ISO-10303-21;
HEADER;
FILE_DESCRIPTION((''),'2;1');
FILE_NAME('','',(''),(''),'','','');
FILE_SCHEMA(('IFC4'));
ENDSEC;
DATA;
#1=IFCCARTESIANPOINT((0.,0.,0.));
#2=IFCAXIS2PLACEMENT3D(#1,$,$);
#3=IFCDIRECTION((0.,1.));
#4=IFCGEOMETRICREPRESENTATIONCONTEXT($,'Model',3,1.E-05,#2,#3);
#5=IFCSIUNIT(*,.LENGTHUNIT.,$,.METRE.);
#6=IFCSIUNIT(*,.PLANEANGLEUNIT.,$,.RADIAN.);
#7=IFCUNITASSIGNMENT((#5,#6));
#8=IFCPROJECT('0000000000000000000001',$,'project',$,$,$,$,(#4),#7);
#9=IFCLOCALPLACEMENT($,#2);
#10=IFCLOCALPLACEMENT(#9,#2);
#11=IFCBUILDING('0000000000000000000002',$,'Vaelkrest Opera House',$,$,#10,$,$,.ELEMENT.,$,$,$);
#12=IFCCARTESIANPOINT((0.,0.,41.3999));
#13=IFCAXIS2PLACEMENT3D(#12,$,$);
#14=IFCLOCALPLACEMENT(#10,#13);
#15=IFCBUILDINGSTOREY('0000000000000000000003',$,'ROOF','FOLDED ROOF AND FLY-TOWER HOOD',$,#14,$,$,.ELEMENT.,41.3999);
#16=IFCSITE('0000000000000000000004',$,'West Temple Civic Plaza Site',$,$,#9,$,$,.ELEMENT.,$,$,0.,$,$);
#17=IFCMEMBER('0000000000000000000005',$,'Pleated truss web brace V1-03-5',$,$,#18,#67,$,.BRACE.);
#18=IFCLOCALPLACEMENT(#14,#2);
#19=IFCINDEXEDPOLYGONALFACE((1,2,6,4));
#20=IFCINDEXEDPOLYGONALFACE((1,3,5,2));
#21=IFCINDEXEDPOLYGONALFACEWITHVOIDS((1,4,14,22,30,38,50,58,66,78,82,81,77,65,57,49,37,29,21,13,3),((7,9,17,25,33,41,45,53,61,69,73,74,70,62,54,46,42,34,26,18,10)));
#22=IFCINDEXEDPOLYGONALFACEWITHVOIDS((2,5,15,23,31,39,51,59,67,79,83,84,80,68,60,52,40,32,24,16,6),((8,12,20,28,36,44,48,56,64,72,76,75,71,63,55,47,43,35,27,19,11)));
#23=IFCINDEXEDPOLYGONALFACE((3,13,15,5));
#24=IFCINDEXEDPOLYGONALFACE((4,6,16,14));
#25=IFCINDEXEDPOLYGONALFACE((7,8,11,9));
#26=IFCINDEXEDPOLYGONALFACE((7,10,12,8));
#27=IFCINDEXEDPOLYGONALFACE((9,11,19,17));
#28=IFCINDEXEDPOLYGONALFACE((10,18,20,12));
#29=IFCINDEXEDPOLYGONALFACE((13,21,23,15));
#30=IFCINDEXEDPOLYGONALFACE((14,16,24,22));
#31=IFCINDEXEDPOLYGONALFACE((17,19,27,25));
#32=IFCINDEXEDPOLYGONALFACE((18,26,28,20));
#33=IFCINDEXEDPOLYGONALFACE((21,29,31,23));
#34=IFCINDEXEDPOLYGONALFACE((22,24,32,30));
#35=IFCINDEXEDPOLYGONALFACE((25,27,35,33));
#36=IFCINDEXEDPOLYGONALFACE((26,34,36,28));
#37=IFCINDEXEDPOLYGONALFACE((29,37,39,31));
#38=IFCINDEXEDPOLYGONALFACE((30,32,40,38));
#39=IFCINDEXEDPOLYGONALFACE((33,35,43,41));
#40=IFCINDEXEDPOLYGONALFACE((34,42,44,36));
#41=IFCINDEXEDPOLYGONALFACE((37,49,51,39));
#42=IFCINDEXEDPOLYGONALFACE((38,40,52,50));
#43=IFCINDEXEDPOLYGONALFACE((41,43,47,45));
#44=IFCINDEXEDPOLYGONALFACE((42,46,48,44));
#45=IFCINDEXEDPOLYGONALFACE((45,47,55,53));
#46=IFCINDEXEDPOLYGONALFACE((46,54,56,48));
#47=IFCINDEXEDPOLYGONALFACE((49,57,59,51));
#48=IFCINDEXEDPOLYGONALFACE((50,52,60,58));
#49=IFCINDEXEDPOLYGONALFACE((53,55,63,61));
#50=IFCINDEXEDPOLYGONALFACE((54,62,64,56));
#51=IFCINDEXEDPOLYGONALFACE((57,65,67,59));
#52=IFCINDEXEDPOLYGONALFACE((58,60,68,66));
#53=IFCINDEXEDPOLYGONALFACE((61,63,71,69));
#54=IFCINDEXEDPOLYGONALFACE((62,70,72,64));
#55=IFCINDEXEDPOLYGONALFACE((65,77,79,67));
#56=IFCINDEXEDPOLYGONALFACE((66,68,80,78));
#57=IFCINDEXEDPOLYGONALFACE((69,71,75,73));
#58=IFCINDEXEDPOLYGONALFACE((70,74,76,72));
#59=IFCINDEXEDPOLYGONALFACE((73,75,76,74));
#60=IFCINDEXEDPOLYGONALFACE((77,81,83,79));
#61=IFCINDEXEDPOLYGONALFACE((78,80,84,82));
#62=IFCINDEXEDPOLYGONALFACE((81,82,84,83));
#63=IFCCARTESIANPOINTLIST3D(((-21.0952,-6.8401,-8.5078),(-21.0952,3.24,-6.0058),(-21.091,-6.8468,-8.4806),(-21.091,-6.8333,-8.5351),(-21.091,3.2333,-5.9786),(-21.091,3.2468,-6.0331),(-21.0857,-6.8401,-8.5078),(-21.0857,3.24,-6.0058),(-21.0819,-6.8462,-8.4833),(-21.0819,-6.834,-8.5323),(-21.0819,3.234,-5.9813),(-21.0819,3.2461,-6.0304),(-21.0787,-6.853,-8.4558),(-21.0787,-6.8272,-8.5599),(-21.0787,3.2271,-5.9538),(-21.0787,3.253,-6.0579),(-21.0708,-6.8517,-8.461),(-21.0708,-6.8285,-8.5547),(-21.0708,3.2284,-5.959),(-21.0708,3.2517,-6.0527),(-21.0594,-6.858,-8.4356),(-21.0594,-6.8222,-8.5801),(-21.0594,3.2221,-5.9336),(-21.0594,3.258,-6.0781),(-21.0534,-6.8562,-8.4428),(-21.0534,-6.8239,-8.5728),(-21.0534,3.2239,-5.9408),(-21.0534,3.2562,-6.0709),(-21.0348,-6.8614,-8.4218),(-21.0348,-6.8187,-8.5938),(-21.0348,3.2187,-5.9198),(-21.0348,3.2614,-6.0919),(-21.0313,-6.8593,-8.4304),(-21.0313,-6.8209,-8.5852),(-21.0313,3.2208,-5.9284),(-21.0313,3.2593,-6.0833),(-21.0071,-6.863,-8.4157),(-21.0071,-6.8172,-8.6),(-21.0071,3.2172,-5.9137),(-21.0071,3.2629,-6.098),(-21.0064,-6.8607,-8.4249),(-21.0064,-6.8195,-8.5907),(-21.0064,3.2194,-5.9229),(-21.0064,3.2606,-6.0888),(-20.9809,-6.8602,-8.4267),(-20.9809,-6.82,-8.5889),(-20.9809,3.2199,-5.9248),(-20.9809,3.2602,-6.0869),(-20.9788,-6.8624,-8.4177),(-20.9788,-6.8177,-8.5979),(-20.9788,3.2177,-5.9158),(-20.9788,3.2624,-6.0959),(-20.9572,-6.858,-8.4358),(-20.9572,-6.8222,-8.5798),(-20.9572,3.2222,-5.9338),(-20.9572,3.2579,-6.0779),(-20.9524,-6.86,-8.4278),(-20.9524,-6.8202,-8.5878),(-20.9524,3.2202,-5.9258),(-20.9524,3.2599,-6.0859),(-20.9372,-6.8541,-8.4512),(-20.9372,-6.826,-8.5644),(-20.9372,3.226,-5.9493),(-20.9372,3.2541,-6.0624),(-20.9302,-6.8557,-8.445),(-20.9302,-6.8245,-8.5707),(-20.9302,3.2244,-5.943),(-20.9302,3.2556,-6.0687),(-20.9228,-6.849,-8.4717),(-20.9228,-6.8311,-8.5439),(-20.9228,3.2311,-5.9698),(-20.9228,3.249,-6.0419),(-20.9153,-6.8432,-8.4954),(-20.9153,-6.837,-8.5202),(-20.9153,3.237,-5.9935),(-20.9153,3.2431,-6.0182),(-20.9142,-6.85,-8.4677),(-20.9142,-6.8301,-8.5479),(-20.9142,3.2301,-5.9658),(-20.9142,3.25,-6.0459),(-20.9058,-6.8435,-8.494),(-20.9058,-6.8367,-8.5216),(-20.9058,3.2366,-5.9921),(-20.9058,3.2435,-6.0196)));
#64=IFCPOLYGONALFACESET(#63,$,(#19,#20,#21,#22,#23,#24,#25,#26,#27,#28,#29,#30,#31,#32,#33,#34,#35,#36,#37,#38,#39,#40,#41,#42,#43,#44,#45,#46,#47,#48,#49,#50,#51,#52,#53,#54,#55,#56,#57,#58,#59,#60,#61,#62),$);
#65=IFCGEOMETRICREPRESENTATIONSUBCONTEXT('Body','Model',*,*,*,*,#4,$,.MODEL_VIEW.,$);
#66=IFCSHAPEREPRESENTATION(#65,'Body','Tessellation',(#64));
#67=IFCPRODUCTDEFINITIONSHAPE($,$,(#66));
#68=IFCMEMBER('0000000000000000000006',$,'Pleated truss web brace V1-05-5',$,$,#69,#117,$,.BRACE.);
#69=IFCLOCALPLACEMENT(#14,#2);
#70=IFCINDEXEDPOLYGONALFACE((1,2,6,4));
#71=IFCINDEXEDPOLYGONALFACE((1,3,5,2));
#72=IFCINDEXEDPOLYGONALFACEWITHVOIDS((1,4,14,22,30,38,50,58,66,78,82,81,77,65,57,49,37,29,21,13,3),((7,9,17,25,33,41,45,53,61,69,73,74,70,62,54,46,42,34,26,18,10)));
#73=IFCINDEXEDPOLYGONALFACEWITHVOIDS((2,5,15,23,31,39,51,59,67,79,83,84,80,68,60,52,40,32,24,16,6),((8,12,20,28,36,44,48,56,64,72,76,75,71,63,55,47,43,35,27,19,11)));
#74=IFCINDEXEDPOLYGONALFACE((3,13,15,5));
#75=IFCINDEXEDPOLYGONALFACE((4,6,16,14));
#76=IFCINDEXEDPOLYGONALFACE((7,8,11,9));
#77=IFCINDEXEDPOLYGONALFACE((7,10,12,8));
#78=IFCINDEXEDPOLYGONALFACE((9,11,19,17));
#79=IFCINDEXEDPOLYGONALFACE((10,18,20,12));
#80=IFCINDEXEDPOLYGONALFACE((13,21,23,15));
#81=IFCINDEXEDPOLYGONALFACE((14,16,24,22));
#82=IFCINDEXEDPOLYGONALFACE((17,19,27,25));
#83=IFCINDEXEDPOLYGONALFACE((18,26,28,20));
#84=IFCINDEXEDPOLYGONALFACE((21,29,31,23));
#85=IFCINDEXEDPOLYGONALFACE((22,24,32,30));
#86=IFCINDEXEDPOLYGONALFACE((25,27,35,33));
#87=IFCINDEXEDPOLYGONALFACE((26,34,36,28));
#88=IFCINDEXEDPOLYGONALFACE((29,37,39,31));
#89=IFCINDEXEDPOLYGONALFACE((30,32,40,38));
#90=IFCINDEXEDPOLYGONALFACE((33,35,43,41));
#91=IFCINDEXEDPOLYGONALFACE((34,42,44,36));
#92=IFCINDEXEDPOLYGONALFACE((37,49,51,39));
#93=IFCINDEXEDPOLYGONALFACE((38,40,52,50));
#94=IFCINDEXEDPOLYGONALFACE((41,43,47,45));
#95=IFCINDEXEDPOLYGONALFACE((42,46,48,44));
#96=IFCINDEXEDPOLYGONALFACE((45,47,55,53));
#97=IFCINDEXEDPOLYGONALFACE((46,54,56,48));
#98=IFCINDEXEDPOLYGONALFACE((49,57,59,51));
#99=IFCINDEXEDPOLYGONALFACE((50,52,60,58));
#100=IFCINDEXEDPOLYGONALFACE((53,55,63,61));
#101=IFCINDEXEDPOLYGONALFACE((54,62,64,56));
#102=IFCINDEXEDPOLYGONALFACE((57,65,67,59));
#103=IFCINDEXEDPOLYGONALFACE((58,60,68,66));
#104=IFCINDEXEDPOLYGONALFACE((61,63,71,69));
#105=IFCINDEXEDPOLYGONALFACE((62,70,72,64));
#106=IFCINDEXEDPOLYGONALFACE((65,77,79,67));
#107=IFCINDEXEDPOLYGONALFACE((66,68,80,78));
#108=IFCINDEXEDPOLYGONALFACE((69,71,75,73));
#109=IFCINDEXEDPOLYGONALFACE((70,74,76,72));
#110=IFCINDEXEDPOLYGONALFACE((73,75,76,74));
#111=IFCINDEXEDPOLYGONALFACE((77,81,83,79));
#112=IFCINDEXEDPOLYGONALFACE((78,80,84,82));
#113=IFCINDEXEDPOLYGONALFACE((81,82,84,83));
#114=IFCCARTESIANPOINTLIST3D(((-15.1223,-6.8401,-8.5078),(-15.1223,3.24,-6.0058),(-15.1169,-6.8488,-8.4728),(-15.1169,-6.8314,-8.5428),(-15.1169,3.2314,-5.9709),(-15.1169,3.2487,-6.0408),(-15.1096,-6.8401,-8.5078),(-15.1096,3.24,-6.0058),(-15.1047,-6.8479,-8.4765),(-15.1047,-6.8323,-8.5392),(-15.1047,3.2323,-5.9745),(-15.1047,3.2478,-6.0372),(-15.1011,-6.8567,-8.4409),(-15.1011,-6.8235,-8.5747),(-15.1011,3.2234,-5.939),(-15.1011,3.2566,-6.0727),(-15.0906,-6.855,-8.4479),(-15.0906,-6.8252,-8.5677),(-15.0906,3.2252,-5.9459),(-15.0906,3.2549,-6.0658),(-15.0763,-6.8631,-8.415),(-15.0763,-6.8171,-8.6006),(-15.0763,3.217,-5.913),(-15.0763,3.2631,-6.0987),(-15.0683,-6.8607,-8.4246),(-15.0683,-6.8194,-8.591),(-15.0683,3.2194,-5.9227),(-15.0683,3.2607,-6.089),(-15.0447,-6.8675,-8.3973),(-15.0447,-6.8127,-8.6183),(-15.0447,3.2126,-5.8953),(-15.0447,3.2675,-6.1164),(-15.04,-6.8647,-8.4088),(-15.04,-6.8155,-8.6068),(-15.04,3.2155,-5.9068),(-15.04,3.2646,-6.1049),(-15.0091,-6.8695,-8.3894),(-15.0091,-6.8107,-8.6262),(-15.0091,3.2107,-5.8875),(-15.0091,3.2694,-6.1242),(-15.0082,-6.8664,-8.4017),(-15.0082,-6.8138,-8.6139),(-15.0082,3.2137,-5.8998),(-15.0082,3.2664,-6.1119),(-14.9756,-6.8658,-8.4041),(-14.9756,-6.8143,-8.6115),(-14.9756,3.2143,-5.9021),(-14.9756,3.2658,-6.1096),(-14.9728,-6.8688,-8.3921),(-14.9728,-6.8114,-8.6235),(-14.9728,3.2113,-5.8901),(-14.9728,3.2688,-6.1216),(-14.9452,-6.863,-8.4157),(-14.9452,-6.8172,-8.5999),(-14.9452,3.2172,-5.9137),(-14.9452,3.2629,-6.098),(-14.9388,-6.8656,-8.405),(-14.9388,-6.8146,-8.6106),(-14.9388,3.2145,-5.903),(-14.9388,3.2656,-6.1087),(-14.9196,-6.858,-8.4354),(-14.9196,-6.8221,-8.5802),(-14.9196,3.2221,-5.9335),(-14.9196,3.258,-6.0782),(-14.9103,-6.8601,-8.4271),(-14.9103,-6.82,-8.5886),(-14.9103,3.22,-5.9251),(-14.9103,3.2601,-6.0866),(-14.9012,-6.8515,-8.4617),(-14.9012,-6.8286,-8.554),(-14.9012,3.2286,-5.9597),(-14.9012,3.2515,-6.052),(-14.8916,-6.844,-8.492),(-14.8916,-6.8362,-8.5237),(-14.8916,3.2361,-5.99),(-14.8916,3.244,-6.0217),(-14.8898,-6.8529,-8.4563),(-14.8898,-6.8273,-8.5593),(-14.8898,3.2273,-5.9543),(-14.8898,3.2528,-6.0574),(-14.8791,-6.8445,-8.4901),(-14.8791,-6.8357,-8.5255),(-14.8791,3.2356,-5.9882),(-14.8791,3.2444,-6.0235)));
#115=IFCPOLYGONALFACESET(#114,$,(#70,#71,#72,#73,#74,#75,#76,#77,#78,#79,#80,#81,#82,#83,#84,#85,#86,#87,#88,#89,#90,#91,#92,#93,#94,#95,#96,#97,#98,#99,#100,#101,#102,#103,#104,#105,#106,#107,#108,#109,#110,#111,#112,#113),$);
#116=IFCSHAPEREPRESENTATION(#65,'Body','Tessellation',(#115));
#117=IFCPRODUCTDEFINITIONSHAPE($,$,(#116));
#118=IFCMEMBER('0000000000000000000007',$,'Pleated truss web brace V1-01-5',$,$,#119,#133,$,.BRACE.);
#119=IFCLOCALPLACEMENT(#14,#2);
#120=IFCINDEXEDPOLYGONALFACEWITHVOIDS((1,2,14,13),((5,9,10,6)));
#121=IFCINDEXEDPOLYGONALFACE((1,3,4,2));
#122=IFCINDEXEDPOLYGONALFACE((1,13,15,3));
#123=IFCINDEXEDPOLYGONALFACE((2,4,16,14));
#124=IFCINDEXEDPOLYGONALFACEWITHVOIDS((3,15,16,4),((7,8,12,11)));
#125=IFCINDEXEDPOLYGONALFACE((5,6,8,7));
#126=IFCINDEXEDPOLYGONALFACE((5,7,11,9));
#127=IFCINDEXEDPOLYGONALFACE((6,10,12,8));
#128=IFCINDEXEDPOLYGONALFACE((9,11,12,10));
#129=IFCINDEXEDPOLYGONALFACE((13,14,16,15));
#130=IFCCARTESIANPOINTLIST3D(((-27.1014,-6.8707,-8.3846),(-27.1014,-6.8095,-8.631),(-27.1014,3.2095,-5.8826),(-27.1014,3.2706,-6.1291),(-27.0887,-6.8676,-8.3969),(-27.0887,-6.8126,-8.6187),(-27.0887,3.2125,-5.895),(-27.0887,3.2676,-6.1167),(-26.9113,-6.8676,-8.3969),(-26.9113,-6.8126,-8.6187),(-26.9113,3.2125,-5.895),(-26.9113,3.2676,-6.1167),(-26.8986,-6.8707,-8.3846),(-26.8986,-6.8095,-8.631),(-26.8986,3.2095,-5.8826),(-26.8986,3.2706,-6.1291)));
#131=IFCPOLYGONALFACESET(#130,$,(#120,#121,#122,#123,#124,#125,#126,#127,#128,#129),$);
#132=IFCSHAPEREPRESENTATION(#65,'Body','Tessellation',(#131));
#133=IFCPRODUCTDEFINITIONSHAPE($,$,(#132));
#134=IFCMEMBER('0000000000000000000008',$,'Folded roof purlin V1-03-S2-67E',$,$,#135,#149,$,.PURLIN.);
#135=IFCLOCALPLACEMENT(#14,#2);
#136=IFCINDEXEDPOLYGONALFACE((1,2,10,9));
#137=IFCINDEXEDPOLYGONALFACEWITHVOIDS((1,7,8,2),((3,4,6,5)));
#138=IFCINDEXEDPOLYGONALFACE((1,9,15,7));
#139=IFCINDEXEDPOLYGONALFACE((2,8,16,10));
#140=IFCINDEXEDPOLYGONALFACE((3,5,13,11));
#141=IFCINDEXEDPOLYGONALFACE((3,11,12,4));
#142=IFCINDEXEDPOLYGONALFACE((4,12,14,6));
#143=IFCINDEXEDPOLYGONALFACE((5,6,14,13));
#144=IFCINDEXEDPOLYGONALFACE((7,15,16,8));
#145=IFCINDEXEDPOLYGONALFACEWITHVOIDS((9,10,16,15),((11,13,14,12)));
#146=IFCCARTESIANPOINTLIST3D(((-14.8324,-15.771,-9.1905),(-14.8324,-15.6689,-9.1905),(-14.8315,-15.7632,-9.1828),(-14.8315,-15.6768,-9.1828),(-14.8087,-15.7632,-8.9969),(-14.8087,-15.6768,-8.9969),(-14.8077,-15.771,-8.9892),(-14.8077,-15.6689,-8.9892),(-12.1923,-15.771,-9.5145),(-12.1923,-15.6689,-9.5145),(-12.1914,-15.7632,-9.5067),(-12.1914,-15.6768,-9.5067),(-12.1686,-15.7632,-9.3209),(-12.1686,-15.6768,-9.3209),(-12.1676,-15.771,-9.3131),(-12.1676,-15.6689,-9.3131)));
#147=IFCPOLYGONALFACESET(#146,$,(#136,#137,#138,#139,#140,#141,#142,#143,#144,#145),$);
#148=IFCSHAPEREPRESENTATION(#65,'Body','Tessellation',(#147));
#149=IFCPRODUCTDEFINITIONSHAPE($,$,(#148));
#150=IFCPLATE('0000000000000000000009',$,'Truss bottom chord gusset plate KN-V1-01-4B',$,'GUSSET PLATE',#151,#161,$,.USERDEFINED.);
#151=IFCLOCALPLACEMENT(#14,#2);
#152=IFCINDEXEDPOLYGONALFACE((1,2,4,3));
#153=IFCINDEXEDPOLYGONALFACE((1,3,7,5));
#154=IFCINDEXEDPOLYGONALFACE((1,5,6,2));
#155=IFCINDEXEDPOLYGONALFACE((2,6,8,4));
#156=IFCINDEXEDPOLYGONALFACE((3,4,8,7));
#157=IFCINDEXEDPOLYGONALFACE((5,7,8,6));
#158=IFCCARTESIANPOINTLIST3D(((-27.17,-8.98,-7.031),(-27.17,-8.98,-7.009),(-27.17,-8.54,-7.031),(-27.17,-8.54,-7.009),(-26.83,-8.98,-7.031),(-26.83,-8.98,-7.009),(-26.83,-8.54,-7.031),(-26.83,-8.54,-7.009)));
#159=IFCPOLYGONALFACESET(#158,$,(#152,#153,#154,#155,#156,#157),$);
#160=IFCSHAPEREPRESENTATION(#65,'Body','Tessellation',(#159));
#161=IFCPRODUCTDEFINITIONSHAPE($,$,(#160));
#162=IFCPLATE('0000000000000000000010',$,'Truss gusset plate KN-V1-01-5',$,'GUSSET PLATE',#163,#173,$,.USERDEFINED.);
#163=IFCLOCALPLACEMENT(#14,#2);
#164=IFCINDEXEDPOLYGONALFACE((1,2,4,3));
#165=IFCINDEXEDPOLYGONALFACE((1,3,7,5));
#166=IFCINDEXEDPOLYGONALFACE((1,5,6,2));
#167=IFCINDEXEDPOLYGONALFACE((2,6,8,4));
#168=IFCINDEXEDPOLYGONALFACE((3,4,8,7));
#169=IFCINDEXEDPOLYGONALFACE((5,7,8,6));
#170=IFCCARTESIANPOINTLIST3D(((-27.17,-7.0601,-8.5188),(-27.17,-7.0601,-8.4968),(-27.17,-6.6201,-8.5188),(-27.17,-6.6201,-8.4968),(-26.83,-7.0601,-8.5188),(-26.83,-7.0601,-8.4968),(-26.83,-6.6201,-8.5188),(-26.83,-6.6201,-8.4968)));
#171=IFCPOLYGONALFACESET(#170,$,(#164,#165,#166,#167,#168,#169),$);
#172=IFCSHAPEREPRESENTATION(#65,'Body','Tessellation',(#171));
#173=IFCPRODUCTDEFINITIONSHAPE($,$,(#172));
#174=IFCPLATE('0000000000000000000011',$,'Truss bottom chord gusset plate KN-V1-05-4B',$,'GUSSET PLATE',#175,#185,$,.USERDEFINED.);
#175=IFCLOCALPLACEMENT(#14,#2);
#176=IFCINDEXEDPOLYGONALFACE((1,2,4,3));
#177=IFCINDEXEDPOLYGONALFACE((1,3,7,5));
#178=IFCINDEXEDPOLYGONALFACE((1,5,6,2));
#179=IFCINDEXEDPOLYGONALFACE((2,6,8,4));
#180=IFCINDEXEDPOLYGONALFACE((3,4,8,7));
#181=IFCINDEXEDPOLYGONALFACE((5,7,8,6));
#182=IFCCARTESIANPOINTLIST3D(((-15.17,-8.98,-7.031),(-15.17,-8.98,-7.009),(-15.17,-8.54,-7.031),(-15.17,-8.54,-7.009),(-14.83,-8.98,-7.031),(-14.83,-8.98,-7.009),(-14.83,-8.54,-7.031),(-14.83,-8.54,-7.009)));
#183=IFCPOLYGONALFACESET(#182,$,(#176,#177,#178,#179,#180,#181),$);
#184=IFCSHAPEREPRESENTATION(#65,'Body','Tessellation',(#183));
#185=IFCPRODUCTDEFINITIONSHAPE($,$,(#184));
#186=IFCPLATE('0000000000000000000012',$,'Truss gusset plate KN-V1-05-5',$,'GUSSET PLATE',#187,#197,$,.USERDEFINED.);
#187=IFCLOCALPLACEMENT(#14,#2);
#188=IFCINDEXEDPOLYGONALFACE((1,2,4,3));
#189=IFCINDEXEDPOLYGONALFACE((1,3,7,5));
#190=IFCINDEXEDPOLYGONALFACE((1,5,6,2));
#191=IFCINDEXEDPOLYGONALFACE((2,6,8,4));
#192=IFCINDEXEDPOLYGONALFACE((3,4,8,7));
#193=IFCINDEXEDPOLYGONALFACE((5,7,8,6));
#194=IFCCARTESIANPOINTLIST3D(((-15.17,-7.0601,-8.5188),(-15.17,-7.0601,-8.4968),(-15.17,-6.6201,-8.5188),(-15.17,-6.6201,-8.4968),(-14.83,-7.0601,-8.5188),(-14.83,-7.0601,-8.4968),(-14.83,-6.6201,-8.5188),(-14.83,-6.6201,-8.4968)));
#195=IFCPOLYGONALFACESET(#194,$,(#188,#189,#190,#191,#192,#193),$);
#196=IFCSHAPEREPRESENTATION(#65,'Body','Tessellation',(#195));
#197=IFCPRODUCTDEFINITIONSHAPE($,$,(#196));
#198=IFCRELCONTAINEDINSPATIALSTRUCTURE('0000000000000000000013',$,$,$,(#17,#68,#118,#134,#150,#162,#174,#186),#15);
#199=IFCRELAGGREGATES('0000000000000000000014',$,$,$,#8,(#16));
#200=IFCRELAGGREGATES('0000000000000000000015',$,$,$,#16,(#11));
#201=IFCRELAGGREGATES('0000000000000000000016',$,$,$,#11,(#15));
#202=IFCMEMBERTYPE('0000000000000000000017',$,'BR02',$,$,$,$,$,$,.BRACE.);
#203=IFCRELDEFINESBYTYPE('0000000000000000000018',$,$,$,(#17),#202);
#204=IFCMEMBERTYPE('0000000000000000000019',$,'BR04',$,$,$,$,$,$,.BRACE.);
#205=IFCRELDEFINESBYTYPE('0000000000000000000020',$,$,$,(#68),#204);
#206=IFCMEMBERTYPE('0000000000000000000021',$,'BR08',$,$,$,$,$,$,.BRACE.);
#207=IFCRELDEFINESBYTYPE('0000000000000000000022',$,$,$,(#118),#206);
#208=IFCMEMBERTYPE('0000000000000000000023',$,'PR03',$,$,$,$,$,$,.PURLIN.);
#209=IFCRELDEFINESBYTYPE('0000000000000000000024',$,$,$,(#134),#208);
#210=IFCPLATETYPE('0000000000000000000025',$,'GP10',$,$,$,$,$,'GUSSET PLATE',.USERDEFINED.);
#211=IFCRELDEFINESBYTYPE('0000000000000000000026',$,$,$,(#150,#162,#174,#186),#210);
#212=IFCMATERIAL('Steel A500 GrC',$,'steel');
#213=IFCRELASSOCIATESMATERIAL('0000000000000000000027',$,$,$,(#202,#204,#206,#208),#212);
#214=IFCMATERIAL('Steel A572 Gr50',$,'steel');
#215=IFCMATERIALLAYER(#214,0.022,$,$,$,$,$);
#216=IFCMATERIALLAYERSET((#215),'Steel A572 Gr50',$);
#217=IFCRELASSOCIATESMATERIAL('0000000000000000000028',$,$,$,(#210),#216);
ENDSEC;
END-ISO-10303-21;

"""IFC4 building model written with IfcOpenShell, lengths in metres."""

from ifc_helpers import new_model, si_unit, direction, frame, origin, origin_2d, place, context, subcontext, project, spatial, rectangle, hollow_rectangle, hollow_circle, extrude, material, layer, layer_set, material_profile, profile_set, type_object, element, save


model = new_model("IFC4")

# Units and contexts
model_context = context("Model", 3, precision=1e-05, world=origin(), true_north=direction((0.0, 1.0)))
body_context = subcontext(model_context, "Body", "Model", "MODEL_VIEW")
ifc_project = project(units=[si_unit("LENGTHUNIT", "METRE"), si_unit("PLANEANGLEUNIT", "RADIAN")], contexts=[model_context])

# Site, building, storey
site_placement = place(None, origin())
site = spatial("IfcSite", under=ifc_project, at=site_placement, Name="West Temple Civic Plaza Site", CompositionType="ELEMENT", RefElevation=0.0)
building_placement = place(site_placement, origin())
building = spatial("IfcBuilding", under=site, at=building_placement, Name="Vaelkrest Opera House", CompositionType="ELEMENT")
storey_placement = place(building_placement, frame((0.0, 0.0, 41.3999)))
storey = spatial("IfcBuildingStorey", under=building, at=storey_placement, Name="ROOF", Description="FOLDED ROOF AND FLY-TOWER HOOD", CompositionType="ELEMENT", Elevation=41.3999)

# Members
ifc_material_1 = material(Name="Steel A500 GrC", Category="steel")
ifc_material_profile_1 = material_profile(ifc_material_1, hollow_circle(Radius=0.0952, WallThickness=0.0095, at=origin_2d()), Name="HSS190.5X9.5")
ifc_profile_set_1 = profile_set([ifc_material_profile_1], Name="Steel A500 GrC")
member_type_1 = type_object("IfcMemberType", Name="BR02", PredefinedType="BRACE", material=ifc_profile_set_1)
member_1_placement = place(storey_placement, frame((-21.0, -6.8401, -8.5078), z_axis=(0.0, 0.97055, 0.240898), x_axis=(-1.0, 0.0, 0.0)))
element("IfcMember", 1, at=member_1_placement, inside=storey, type_object=member_type_1, Name="Pleated truss web brace V1-03-5", PredefinedType="BRACE", context=body_context, shape_type="SweptSolid", body=[
    extrude(hollow_circle(Radius=0.0952, WallThickness=0.0095, at=origin_2d()), origin(), (0.0, 0.0, 1.0), 10.386),
])
ifc_material_profile_2 = material_profile(ifc_material_1, hollow_circle(Radius=0.1223, WallThickness=0.0127, at=origin_2d()), Name="HSS244.5X12.7")
ifc_profile_set_2 = profile_set([ifc_material_profile_2], Name="Steel A500 GrC")
member_type_2 = type_object("IfcMemberType", Name="BR04", PredefinedType="BRACE", material=ifc_profile_set_2)
member_2_placement = place(storey_placement, frame((-15.0, -6.8401, -8.5078), z_axis=(0.0, 0.97055, 0.240898), x_axis=(-1.0, 0.0, 0.0)))
element("IfcMember", 2, at=member_2_placement, inside=storey, type_object=member_type_2, Name="Pleated truss web brace V1-05-5", PredefinedType="BRACE", context=body_context, shape_type="SweptSolid", body=[
    extrude(hollow_circle(Radius=0.1223, WallThickness=0.0127, at=origin_2d()), origin(), (0.0, 0.0, 1.0), 10.386),
])
ifc_material_profile_3 = material_profile(ifc_material_1, hollow_rectangle(XDim=0.2029, YDim=0.2539, WallThickness=0.0127, at=origin_2d()), Name="HSS254X203X12.7")
ifc_profile_set_3 = profile_set([ifc_material_profile_3], Name="Steel A500 GrC")
member_type_3 = type_object("IfcMemberType", Name="BR08", PredefinedType="BRACE", material=ifc_profile_set_3)
member_3_placement = place(storey_placement, frame((-27.0, -6.8401, -8.5078), z_axis=(0.0, 0.97055, 0.240898), x_axis=(-1.0, 0.0, 0.0)))
element("IfcMember", 3, at=member_3_placement, inside=storey, type_object=member_type_3, Name="Pleated truss web brace V1-01-5", PredefinedType="BRACE", context=body_context, shape_type="SweptSolid", body=[
    extrude(hollow_rectangle(XDim=0.2029, YDim=0.2539, WallThickness=0.0127, at=origin_2d()), origin(), (0.0, 0.0, 1.0), 10.386),
])
ifc_material_profile_4 = material_profile(ifc_material_1, hollow_rectangle(XDim=0.1021, YDim=0.2029, WallThickness=0.0078, at=origin_2d()), Name="HSS203X102X8")
ifc_profile_set_4 = profile_set([ifc_material_profile_4], Name="Steel A500 GrC")
member_type_4 = type_object("IfcMemberType", Name="PR03", PredefinedType="PURLIN", material=ifc_profile_set_4)
member_4_placement = place(storey_placement, frame((-14.8201, -15.72, -9.0898), z_axis=(0.992555, 0.0, -0.121798), x_axis=(0.0, 1.0, 0.0)))
element("IfcMember", 4, at=member_4_placement, inside=storey, type_object=member_type_4, Name="Folded roof purlin V1-03-S2-67E", PredefinedType="PURLIN", context=body_context, shape_type="SweptSolid", body=[
    extrude(hollow_rectangle(XDim=0.1021, YDim=0.2029, WallThickness=0.0078, at=origin_2d()), origin(), (0.0, 0.0, 1.0), 2.6599),
])

# Plates
ifc_material_2 = material(Name="Steel A572 Gr50", Category="steel")
ifc_layer_1 = layer(ifc_material_2, 0.022)
ifc_layer_set_1 = layer_set([ifc_layer_1], Name="Steel A572 Gr50")
plate_type_1 = type_object("IfcPlateType", Name="GP10", ElementType="GUSSET PLATE", PredefinedType="USERDEFINED", material=ifc_layer_set_1)
for number, where, z_axis, x_axis, name in (
    (5, (-27.0, -8.76, -7.031), (0.0, 0.0, 1.0), (0.0, 1.0, 0.0), "Truss bottom chord gusset plate KN-V1-01-4B"),
    (6, (-27.0, -6.8401, -8.5188), (0.0, 0.0, 1.0), (0.0, 1.0, 0.0), "Truss gusset plate KN-V1-01-5"),
    (7, (-15.0, -8.76, -7.031), (0.0, 0.0, 1.0), (0.0, 1.0, 0.0), "Truss bottom chord gusset plate KN-V1-05-4B"),
    (8, (-15.0, -6.8401, -8.5188), (0.0, 0.0, 1.0), (0.0, 1.0, 0.0), "Truss gusset plate KN-V1-05-5"),
):
    element("IfcPlate", number, at=place(storey_placement, frame(where, z_axis=z_axis, x_axis=x_axis)), inside=storey, type_object=plate_type_1, Name=name, ObjectType="GUSSET PLATE", PredefinedType="USERDEFINED", context=body_context, shape_type="SweptSolid", body=[
        extrude(rectangle(XDim=0.4399, YDim=0.3401, at=origin_2d()), origin(), (0.0, 0.0, 1.0), 0.022),
    ])

save(model, "model.ifc")
